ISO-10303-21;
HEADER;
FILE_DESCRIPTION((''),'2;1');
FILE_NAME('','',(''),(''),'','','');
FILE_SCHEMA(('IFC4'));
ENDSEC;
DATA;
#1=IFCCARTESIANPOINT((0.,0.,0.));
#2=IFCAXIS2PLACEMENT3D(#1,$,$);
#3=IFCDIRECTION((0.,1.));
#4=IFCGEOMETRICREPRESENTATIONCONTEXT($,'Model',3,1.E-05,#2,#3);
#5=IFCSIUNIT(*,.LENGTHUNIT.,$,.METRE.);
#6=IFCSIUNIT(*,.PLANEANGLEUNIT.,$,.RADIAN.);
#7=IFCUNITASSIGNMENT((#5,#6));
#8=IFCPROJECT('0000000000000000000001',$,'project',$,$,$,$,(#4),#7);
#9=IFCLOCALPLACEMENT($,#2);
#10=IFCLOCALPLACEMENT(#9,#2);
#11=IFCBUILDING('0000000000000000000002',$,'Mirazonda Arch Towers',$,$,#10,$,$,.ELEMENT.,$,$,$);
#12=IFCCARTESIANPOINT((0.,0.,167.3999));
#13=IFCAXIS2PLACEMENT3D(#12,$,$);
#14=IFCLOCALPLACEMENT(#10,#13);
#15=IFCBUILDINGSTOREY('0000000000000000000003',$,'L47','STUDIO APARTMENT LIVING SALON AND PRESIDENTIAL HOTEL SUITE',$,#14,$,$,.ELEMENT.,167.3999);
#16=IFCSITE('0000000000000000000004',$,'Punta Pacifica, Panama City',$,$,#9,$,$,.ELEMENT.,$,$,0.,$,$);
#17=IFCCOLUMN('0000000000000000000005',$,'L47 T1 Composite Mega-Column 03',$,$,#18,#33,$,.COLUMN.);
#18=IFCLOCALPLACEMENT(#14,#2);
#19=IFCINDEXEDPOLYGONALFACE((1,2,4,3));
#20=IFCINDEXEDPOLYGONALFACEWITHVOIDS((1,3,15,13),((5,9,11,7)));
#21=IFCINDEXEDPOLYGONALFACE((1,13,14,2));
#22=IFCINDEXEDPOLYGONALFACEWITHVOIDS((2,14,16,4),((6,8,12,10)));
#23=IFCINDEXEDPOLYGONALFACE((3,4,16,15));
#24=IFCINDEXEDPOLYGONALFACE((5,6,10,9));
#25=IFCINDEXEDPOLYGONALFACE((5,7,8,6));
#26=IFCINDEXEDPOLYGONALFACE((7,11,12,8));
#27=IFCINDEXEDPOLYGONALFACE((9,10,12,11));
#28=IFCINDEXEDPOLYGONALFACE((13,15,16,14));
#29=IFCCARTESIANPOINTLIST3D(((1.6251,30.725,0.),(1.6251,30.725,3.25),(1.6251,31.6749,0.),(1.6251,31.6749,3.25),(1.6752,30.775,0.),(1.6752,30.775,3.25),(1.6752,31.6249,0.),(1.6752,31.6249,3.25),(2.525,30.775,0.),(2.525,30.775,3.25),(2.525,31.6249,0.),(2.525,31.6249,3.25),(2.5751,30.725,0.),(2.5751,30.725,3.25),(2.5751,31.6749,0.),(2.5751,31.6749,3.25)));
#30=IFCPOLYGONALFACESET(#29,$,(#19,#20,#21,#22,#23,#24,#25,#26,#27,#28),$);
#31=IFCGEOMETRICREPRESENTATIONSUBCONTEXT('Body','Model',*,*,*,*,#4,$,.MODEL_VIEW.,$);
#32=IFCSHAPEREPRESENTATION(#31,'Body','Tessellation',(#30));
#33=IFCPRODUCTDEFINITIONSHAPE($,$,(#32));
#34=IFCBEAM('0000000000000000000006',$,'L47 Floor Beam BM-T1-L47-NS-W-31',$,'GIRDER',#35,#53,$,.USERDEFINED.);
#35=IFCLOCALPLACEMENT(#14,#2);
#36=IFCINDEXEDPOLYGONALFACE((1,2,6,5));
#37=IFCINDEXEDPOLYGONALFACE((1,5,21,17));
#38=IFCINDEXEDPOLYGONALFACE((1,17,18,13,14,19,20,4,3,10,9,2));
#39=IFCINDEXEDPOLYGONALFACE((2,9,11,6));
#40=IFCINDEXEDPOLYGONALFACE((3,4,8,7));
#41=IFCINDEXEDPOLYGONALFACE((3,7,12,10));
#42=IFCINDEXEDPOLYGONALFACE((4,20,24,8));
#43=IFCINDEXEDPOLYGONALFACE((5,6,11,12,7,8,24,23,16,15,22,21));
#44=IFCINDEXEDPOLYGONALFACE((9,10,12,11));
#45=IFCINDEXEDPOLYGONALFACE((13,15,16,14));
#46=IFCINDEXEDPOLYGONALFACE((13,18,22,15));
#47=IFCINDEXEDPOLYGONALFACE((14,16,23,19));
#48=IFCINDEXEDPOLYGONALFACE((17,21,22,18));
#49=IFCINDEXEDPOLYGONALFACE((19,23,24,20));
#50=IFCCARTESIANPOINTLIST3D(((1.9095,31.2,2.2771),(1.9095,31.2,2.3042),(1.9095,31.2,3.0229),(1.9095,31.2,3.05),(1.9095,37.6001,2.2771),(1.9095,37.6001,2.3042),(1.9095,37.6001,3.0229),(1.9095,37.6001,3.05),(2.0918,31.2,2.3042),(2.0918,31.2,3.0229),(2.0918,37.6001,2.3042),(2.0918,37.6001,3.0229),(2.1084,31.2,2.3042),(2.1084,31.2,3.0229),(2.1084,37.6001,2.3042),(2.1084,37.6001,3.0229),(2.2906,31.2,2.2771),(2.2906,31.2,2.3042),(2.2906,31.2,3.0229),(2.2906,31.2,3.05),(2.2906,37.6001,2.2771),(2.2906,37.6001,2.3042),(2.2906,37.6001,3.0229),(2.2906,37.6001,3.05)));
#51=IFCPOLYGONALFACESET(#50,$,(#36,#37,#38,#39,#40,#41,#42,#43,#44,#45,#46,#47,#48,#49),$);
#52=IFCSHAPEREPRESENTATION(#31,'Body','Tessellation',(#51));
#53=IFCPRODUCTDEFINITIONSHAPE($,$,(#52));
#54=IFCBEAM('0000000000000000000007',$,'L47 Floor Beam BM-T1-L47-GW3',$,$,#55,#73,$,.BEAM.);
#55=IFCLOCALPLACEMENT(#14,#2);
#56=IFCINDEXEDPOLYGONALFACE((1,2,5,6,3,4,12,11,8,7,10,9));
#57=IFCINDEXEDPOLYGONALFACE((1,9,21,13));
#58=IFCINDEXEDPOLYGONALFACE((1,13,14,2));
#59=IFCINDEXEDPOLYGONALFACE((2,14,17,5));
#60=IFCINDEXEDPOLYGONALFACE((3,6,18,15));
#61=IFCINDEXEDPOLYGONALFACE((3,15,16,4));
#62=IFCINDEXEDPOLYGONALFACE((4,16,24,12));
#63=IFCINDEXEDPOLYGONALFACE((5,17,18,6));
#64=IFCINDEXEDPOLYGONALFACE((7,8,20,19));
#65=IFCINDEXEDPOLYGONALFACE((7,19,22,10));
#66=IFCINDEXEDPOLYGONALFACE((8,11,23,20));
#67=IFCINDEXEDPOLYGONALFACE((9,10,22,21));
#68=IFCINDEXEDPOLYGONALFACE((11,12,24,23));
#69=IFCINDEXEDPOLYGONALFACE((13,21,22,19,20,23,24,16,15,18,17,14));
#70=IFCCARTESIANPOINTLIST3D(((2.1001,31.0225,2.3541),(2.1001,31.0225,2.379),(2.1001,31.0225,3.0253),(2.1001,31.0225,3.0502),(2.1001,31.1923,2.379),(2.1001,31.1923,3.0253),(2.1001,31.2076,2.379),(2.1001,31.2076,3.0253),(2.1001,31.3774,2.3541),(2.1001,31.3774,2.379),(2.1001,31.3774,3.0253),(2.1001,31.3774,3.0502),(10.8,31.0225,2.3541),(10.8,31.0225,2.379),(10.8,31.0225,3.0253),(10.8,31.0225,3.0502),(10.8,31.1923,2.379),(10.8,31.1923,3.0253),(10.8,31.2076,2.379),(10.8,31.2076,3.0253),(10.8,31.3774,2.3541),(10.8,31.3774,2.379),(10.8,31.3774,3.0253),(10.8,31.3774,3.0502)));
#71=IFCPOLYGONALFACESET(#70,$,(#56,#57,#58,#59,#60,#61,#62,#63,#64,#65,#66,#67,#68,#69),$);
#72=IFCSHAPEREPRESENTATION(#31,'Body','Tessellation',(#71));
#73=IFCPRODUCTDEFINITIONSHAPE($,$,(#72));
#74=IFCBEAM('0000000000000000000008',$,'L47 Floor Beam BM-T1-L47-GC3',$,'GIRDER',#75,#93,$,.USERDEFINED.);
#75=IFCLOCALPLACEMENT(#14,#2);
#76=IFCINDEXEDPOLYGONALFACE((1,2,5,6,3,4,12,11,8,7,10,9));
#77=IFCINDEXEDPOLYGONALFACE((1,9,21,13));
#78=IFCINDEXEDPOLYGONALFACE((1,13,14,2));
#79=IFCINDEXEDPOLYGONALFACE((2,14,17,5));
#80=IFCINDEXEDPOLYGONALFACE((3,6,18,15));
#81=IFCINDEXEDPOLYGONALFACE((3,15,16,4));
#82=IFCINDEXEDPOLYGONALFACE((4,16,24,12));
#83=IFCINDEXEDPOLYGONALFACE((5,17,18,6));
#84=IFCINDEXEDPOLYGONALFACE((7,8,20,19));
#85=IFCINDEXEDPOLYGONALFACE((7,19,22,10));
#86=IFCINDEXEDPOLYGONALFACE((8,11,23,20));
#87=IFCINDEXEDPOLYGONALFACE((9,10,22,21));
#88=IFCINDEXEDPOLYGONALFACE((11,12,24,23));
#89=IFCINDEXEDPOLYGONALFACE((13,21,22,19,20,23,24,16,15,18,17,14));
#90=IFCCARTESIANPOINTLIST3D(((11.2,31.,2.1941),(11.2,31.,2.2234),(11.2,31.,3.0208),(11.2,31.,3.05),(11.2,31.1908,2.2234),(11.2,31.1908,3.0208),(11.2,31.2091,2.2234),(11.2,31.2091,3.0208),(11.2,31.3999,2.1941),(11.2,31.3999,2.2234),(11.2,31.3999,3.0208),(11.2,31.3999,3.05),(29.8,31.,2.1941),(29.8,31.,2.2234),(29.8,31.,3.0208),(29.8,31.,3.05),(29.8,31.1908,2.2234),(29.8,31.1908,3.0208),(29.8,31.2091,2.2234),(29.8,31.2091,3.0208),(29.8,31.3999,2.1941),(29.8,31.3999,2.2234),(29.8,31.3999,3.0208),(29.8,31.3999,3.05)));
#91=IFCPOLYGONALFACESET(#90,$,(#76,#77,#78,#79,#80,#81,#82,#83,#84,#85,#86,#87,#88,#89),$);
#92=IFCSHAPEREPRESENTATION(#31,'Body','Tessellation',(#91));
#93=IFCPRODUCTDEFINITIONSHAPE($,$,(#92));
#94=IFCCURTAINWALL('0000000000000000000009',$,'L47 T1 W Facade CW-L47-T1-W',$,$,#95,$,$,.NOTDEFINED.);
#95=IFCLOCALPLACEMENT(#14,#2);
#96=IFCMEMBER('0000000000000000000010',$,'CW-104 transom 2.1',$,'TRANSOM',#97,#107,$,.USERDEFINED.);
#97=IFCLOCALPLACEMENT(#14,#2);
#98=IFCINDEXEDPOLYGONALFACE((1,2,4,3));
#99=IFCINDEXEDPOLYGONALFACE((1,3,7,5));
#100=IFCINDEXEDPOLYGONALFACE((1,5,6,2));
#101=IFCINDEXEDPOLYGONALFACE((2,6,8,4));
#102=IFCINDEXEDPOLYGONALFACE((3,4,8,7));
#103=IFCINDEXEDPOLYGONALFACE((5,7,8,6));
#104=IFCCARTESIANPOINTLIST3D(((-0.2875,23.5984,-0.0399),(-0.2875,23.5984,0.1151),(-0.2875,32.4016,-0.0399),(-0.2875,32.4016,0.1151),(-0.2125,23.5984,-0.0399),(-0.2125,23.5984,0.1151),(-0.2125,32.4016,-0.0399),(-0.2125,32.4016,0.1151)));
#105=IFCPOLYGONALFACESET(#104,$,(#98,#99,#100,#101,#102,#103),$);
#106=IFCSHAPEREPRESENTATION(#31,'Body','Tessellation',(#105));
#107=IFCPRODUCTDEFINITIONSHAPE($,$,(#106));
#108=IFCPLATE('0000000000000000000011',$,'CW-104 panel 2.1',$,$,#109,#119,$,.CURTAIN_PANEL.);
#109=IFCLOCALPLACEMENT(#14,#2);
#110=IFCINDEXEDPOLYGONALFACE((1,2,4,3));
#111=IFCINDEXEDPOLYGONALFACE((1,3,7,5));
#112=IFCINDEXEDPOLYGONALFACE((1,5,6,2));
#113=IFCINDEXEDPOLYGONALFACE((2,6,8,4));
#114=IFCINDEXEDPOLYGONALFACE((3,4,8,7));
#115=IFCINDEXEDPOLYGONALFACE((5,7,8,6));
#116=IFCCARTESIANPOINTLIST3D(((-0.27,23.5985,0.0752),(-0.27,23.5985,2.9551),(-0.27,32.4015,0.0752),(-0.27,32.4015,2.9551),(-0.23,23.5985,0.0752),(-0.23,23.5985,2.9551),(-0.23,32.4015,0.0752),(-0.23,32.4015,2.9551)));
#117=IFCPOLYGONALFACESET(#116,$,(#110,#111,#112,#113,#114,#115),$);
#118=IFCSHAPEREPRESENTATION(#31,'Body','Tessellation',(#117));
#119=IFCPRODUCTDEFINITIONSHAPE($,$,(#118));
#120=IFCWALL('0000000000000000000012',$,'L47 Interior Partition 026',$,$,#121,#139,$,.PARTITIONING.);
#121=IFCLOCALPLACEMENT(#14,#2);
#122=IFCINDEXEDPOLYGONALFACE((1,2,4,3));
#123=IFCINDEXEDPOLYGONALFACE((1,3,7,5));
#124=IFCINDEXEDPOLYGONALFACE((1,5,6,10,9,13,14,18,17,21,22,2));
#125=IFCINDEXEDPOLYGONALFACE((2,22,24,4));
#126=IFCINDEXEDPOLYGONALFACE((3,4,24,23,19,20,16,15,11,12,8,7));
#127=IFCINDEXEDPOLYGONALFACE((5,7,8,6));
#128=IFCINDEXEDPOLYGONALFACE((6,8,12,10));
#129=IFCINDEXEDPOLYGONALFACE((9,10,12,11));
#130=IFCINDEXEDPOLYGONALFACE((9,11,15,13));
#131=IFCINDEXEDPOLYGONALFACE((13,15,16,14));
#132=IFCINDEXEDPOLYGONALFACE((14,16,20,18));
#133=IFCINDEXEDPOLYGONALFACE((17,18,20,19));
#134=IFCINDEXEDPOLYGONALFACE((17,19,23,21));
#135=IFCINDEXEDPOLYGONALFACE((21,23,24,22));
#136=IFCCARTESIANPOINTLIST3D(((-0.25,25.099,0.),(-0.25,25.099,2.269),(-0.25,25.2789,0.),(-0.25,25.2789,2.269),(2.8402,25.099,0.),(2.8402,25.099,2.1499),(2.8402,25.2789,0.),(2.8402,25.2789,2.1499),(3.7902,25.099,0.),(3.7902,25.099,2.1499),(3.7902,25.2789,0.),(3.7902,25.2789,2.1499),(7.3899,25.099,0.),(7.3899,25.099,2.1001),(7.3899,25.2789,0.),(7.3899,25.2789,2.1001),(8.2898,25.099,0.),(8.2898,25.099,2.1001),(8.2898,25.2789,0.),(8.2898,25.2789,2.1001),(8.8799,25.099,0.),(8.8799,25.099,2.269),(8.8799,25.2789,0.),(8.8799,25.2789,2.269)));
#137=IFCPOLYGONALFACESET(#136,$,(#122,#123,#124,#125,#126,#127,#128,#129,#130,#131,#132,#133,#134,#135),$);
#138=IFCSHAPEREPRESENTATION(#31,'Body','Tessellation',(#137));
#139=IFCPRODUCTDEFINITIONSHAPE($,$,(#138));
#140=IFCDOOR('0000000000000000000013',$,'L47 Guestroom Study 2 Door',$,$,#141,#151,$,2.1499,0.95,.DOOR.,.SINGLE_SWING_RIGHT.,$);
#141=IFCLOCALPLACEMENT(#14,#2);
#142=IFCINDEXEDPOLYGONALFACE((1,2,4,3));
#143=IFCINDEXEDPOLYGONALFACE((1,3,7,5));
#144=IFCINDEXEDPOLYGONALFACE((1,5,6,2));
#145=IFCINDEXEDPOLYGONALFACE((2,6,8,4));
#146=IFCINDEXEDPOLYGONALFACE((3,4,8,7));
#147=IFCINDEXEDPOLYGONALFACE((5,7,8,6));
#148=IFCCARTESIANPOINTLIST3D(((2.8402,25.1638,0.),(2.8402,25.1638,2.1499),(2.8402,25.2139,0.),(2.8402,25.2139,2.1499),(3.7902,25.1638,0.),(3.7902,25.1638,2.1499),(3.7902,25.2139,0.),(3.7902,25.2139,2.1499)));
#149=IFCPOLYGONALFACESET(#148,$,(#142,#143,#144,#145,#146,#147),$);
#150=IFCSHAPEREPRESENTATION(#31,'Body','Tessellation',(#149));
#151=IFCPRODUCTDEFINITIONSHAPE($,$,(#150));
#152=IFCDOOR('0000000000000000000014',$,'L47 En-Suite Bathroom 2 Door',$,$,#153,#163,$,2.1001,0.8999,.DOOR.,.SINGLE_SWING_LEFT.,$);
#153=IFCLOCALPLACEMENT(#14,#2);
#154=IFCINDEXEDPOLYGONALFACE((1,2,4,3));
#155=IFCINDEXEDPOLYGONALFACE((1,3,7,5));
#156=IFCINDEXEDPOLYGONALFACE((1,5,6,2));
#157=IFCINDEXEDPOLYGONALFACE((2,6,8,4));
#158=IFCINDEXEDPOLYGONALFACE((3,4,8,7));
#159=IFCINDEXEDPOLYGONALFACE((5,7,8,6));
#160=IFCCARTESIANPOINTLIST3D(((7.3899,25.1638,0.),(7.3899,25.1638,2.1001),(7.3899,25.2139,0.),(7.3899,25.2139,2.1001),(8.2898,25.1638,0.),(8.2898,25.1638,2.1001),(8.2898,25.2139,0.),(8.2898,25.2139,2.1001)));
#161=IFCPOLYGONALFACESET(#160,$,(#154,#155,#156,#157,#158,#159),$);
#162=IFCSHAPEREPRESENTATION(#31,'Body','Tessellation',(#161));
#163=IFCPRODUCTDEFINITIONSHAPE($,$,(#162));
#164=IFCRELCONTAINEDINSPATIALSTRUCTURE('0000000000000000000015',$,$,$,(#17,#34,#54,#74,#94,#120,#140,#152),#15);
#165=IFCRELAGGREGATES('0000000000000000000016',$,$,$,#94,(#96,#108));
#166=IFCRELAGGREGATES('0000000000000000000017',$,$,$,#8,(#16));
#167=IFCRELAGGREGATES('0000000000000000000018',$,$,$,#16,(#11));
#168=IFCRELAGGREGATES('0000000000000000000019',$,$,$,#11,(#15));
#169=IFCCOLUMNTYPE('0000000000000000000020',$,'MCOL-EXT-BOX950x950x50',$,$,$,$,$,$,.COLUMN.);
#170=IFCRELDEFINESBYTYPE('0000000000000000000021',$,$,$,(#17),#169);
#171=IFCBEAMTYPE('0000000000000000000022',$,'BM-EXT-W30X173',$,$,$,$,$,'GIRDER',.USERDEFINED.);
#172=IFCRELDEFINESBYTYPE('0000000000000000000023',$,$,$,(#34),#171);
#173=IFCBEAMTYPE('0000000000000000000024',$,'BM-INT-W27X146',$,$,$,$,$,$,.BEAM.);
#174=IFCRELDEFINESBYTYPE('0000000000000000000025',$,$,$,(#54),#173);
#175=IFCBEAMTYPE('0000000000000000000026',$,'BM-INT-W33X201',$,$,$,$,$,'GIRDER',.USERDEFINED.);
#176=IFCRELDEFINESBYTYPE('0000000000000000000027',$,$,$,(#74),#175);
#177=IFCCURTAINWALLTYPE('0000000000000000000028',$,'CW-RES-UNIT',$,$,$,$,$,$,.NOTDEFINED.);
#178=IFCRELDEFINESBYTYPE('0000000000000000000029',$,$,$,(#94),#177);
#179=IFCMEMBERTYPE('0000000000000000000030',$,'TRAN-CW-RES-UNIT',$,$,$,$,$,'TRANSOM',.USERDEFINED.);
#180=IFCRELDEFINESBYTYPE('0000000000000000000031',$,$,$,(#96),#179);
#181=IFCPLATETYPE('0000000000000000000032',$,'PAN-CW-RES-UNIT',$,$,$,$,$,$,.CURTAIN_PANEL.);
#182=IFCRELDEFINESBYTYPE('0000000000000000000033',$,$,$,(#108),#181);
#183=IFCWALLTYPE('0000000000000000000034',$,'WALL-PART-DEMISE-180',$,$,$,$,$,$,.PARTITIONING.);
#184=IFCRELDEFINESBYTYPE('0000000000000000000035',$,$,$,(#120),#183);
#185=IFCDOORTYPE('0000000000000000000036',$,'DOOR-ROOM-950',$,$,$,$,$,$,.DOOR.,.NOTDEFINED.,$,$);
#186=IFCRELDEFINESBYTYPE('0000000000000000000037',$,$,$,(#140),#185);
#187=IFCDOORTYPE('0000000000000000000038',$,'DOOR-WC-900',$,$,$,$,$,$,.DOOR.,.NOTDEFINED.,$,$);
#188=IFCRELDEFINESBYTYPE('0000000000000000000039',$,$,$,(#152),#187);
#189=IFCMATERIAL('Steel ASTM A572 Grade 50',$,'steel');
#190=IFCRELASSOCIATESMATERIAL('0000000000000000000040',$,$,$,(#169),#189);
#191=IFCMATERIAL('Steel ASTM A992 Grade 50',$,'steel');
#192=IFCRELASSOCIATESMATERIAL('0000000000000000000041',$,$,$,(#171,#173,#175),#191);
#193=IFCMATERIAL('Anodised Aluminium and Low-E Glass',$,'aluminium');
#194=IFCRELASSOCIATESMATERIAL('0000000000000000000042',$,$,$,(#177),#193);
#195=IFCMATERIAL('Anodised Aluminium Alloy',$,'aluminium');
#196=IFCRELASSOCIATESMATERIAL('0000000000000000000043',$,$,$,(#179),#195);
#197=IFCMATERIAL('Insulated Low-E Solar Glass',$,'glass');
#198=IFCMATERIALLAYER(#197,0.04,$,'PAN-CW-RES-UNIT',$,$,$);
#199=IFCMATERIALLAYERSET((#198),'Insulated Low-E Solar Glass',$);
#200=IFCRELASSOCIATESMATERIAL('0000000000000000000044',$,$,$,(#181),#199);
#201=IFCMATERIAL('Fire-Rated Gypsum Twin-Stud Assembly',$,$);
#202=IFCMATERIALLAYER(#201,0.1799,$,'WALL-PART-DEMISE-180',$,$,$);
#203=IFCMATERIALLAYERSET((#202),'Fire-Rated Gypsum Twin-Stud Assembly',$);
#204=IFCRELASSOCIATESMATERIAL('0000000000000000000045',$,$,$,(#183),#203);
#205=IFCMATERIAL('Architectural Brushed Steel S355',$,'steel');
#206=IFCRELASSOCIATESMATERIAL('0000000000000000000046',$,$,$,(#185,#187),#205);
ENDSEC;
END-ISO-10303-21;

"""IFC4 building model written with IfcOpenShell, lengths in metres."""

from ifc_helpers import new_model, si_unit, direction, frame, frame_2d, origin, origin_2d, place, context, subcontext, project, spatial, rectangle, hollow_rectangle, i_section, extrude, material, layer, layer_set, material_profile, profile_set, type_object, element, fill, aggregate, save


model = new_model("IFC4")

# Units and contexts
model_context = context("Model", 3, precision=1e-05, world=origin(), true_north=direction((0.0, 1.0)))
body_context = subcontext(model_context, "Body", "Model", "MODEL_VIEW")
ifc_project = project(units=[si_unit("LENGTHUNIT", "METRE"), si_unit("PLANEANGLEUNIT", "RADIAN")], contexts=[model_context])

# Site, building, storey
site_placement = place(None, origin())
site = spatial("IfcSite", under=ifc_project, at=site_placement, Name="Punta Pacifica, Panama City", CompositionType="ELEMENT", RefElevation=0.0)
building_placement = place(site_placement, origin())
building = spatial("IfcBuilding", under=site, at=building_placement, Name="Mirazonda Arch Towers", CompositionType="ELEMENT")
storey_placement = place(building_placement, frame((0.0, 0.0, 167.3999)))
storey = spatial("IfcBuildingStorey", under=building, at=storey_placement, Name="L47", Description="STUDIO APARTMENT LIVING SALON AND PRESIDENTIAL HOTEL SUITE", CompositionType="ELEMENT", Elevation=167.3999)

# Column
ifc_material_1 = material(Name="Steel ASTM A572 Grade 50", Category="steel")
ifc_material_profile_1 = material_profile(ifc_material_1, hollow_rectangle(XDim=0.95, YDim=0.95, WallThickness=0.05, at=origin_2d()), Name="BOX950x950x50")
ifc_profile_set_1 = profile_set([ifc_material_profile_1], Name="Steel ASTM A572 Grade 50")
column_type = type_object("IfcColumnType", Name="MCOL-EXT-BOX950x950x50", PredefinedType="COLUMN", material=ifc_profile_set_1)
column_placement = place(storey_placement, frame((2.1001, 31.2, 0.0), z_axis=(0.0, 0.0, 1.0), x_axis=(1.0, 0.0, 0.0)))
element("IfcColumn", 1, at=column_placement, inside=storey, type_object=column_type, Name="L47 T1 Composite Mega-Column 03", PredefinedType="COLUMN", context=body_context, shape_type="SweptSolid", body=[
    extrude(hollow_rectangle(XDim=0.95, YDim=0.95, WallThickness=0.05, at=origin_2d()), origin(), (0.0, 0.0, 1.0), 3.25),
])

# Beams
ifc_material_2 = material(Name="Steel ASTM A992 Grade 50", Category="steel")
ifc_material_profile_2 = material_profile(ifc_material_2, i_section(OverallWidth=0.3811, OverallDepth=0.7729, WebThickness=0.0166, FlangeThickness=0.0271, at=origin_2d()), Name="W30X173")
ifc_profile_set_2 = profile_set([ifc_material_profile_2], Name="Steel ASTM A992 Grade 50")
beam_type_1 = type_object("IfcBeamType", Name="BM-EXT-W30X173", ElementType="GIRDER", PredefinedType="USERDEFINED", material=ifc_profile_set_2)
beam_1_placement = place(storey_placement, frame((2.1001, 31.2, 2.6636), z_axis=(0.0, 1.0, 0.0), x_axis=(-1.0, 0.0, 0.0)))
element("IfcBeam", 2, at=beam_1_placement, inside=storey, type_object=beam_type_1, Name="L47 Floor Beam BM-T1-L47-NS-W-31", ObjectType="GIRDER", PredefinedType="USERDEFINED", context=body_context, shape_type="SweptSolid", body=[
    extrude(i_section(OverallWidth=0.3811, OverallDepth=0.7729, WebThickness=0.0166, FlangeThickness=0.0271, at=origin_2d()), origin(), (0.0, 0.0, 1.0), 6.4001),
])
ifc_material_profile_3 = material_profile(ifc_material_2, i_section(OverallWidth=0.355, OverallDepth=0.696, WebThickness=0.0154, FlangeThickness=0.0249, at=origin_2d()), Name="W27X146")
ifc_profile_set_3 = profile_set([ifc_material_profile_3], Name="Steel ASTM A992 Grade 50")
beam_type_2 = type_object("IfcBeamType", Name="BM-INT-W27X146", PredefinedType="BEAM", material=ifc_profile_set_3)
beam_2_placement = place(storey_placement, frame((2.1001, 31.2, 2.7021), z_axis=(1.0, 0.0, 0.0), x_axis=(0.0, 1.0, 0.0)))
element("IfcBeam", 3, at=beam_2_placement, inside=storey, type_object=beam_type_2, Name="L47 Floor Beam BM-T1-L47-GW3", PredefinedType="BEAM", context=body_context, shape_type="SweptSolid", body=[
    extrude(i_section(OverallWidth=0.355, OverallDepth=0.696, WebThickness=0.0154, FlangeThickness=0.0249, at=origin_2d()), origin(), (0.0, 0.0, 1.0), 8.7),
])
ifc_material_profile_4 = material_profile(ifc_material_2, i_section(OverallWidth=0.3999, OverallDepth=0.856, WebThickness=0.0183, FlangeThickness=0.0293, at=origin_2d()), Name="W33X201")
ifc_profile_set_4 = profile_set([ifc_material_profile_4], Name="Steel ASTM A992 Grade 50")
beam_type_3 = type_object("IfcBeamType", Name="BM-INT-W33X201", ElementType="GIRDER", PredefinedType="USERDEFINED", material=ifc_profile_set_4)
beam_3_placement = place(storey_placement, frame((11.2, 31.2, 2.6221), z_axis=(1.0, 0.0, 0.0), x_axis=(0.0, 1.0, 0.0)))
element("IfcBeam", 4, at=beam_3_placement, inside=storey, type_object=beam_type_3, Name="L47 Floor Beam BM-T1-L47-GC3", ObjectType="GIRDER", PredefinedType="USERDEFINED", context=body_context, shape_type="SweptSolid", body=[
    extrude(i_section(OverallWidth=0.3999, OverallDepth=0.856, WebThickness=0.0183, FlangeThickness=0.0293, at=origin_2d()), origin(), (0.0, 0.0, 1.0), 18.6001),
])

# Curtain wall, member, plate
ifc_material_3 = material(Name="Anodised Aluminium and Low-E Glass", Category="aluminium")
curtain_wall_type = type_object("IfcCurtainWallType", Name="CW-RES-UNIT", PredefinedType="NOTDEFINED", material=ifc_material_3)
curtain_wall_placement = place(storey_placement, origin())
curtain_wall = element("IfcCurtainWall", 5, at=curtain_wall_placement, inside=storey, type_object=curtain_wall_type, Name="L47 T1 W Facade CW-L47-T1-W", PredefinedType="NOTDEFINED")
ifc_material_4 = material(Name="Anodised Aluminium Alloy", Category="aluminium")
ifc_material_profile_5 = material_profile(ifc_material_4, rectangle(XDim=0.075, YDim=0.155, at=origin_2d()), Name="ALU-TRAN-75x155")
ifc_profile_set_5 = profile_set([ifc_material_profile_5], Name="Anodised Aluminium Alloy")
member_type = type_object("IfcMemberType", Name="TRAN-CW-RES-UNIT", ElementType="TRANSOM", PredefinedType="USERDEFINED", material=ifc_profile_set_5)
member_placement = place(storey_placement, frame((-0.25, 32.4016, 0.0376), z_axis=(0.0, -1.0, 0.0), x_axis=(1.0, 0.0, 0.0)))
member = element("IfcMember", 6, at=member_placement, type_object=member_type, Name="CW-104 transom 2.1", ObjectType="TRANSOM", PredefinedType="USERDEFINED", context=body_context, shape_type="SweptSolid", body=[
    extrude(rectangle(XDim=0.075, YDim=0.155, at=origin_2d()), origin(), (0.0, 0.0, 1.0), 8.8032),
])
ifc_material_5 = material(Name="Insulated Low-E Solar Glass", Category="glass")
ifc_layer_1 = layer(ifc_material_5, 0.04, Name="PAN-CW-RES-UNIT")
ifc_layer_set_1 = layer_set([ifc_layer_1], Name="Insulated Low-E Solar Glass")
plate_type = type_object("IfcPlateType", Name="PAN-CW-RES-UNIT", PredefinedType="CURTAIN_PANEL", material=ifc_layer_set_1)
plate_placement = place(storey_placement, frame((-0.25, 28.0, 0.0752), z_axis=(0.0, 0.0, 1.0), x_axis=(0.0, -1.0, 0.0)))
plate = element("IfcPlate", 7, at=plate_placement, type_object=plate_type, Name="CW-104 panel 2.1", PredefinedType="CURTAIN_PANEL", context=body_context, shape_type="SweptSolid", body=[
    extrude(rectangle(XDim=8.803, YDim=0.04, at=origin_2d()), origin(), (0.0, 0.0, 1.0), 2.8799),
])
aggregate(curtain_wall, [member, plate])

# Wall, openings, doors
ifc_material_6 = material(Name="Fire-Rated Gypsum Twin-Stud Assembly")
ifc_layer_2 = layer(ifc_material_6, 0.1799, Name="WALL-PART-DEMISE-180")
ifc_layer_set_2 = layer_set([ifc_layer_2], Name="Fire-Rated Gypsum Twin-Stud Assembly")
wall_type_1 = type_object("IfcWallType", Name="WALL-PART-DEMISE-180", PredefinedType="PARTITIONING", material=ifc_layer_set_2)
wall_1_placement = place(storey_placement, frame((-0.25, 25.189, 0.0), z_axis=(0.0, 0.0, 1.0), x_axis=(1.0, 0.0, 0.0)))
wall_1 = element("IfcWall", 8, at=wall_1_placement, inside=storey, type_object=wall_type_1, Name="L47 Interior Partition 026", PredefinedType="PARTITIONING", context=body_context, shape_type="SweptSolid", body=[
    extrude(rectangle(XDim=9.1299, YDim=0.1799, at=frame_2d((4.5649, 0.0))), origin(), (0.0, 0.0, 1.0), 2.269),
])
opening_1_placement = place(wall_1_placement, frame((3.0901, 0.0, 0.0)))
opening_1 = element("IfcOpeningElement", 9, at=opening_1_placement, cuts=wall_1, PredefinedType="OPENING", context=body_context, shape_type="SweptSolid", body=[
    extrude(rectangle(XDim=0.95, YDim=2.1499, at=frame_2d((0.4751, 1.075))), frame((0.0, 0.0999, 0.0), z_axis=(0.0, -1.0, 0.0), x_axis=(1.0, 0.0, 0.0)), (0.0, 0.0, 1.0), 0.2),
])
opening_2_placement = place(wall_1_placement, frame((7.6399, 0.0, 0.0)))
opening_2 = element("IfcOpeningElement", 10, at=opening_2_placement, cuts=wall_1, PredefinedType="OPENING", context=body_context, shape_type="SweptSolid", body=[
    extrude(rectangle(XDim=0.8999, YDim=2.1001, at=frame_2d((0.45, 1.05))), frame((0.0, 0.0999, 0.0), z_axis=(0.0, -1.0, 0.0), x_axis=(1.0, 0.0, 0.0)), (0.0, 0.0, 1.0), 0.2),
])
ifc_material_7 = material(Name="Architectural Brushed Steel S355", Category="steel")
door_type_1 = type_object("IfcDoorType", Name="DOOR-ROOM-950", OperationType="NOTDEFINED", PredefinedType="DOOR", material=ifc_material_7)
door_1_placement = place(opening_1_placement, origin())
door_1 = element("IfcDoor", 11, at=door_1_placement, inside=storey, type_object=door_type_1, Name="L47 Guestroom Study 2 Door", OperationType="SINGLE_SWING_RIGHT", OverallHeight=2.1499, OverallWidth=0.95, PredefinedType="DOOR", context=body_context, shape_type="SweptSolid", body=[
    extrude(rectangle(XDim=0.95, YDim=2.1499, at=frame_2d((0.4751, 1.075))), frame((0.0, 0.0249, 0.0), z_axis=(0.0, -1.0, 0.0), x_axis=(1.0, 0.0, 0.0)), (0.0, 0.0, 1.0), 0.05),
])
fill(opening_1, door_1)
door_type_2 = type_object("IfcDoorType", Name="DOOR-WC-900", OperationType="NOTDEFINED", PredefinedType="DOOR", material=ifc_material_7)
door_2_placement = place(opening_2_placement, origin())
door_2 = element("IfcDoor", 12, at=door_2_placement, inside=storey, type_object=door_type_2, Name="L47 En-Suite Bathroom 2 Door", OperationType="SINGLE_SWING_LEFT", OverallHeight=2.1001, OverallWidth=0.8999, PredefinedType="DOOR", context=body_context, shape_type="SweptSolid", body=[
    extrude(rectangle(XDim=0.8999, YDim=2.1001, at=frame_2d((0.45, 1.05))), frame((0.0, 0.0249, 0.0), z_axis=(0.0, -1.0, 0.0), x_axis=(1.0, 0.0, 0.0)), (0.0, 0.0, 1.0), 0.05),
])
fill(opening_2, door_2)

save(model, "model.ifc")
